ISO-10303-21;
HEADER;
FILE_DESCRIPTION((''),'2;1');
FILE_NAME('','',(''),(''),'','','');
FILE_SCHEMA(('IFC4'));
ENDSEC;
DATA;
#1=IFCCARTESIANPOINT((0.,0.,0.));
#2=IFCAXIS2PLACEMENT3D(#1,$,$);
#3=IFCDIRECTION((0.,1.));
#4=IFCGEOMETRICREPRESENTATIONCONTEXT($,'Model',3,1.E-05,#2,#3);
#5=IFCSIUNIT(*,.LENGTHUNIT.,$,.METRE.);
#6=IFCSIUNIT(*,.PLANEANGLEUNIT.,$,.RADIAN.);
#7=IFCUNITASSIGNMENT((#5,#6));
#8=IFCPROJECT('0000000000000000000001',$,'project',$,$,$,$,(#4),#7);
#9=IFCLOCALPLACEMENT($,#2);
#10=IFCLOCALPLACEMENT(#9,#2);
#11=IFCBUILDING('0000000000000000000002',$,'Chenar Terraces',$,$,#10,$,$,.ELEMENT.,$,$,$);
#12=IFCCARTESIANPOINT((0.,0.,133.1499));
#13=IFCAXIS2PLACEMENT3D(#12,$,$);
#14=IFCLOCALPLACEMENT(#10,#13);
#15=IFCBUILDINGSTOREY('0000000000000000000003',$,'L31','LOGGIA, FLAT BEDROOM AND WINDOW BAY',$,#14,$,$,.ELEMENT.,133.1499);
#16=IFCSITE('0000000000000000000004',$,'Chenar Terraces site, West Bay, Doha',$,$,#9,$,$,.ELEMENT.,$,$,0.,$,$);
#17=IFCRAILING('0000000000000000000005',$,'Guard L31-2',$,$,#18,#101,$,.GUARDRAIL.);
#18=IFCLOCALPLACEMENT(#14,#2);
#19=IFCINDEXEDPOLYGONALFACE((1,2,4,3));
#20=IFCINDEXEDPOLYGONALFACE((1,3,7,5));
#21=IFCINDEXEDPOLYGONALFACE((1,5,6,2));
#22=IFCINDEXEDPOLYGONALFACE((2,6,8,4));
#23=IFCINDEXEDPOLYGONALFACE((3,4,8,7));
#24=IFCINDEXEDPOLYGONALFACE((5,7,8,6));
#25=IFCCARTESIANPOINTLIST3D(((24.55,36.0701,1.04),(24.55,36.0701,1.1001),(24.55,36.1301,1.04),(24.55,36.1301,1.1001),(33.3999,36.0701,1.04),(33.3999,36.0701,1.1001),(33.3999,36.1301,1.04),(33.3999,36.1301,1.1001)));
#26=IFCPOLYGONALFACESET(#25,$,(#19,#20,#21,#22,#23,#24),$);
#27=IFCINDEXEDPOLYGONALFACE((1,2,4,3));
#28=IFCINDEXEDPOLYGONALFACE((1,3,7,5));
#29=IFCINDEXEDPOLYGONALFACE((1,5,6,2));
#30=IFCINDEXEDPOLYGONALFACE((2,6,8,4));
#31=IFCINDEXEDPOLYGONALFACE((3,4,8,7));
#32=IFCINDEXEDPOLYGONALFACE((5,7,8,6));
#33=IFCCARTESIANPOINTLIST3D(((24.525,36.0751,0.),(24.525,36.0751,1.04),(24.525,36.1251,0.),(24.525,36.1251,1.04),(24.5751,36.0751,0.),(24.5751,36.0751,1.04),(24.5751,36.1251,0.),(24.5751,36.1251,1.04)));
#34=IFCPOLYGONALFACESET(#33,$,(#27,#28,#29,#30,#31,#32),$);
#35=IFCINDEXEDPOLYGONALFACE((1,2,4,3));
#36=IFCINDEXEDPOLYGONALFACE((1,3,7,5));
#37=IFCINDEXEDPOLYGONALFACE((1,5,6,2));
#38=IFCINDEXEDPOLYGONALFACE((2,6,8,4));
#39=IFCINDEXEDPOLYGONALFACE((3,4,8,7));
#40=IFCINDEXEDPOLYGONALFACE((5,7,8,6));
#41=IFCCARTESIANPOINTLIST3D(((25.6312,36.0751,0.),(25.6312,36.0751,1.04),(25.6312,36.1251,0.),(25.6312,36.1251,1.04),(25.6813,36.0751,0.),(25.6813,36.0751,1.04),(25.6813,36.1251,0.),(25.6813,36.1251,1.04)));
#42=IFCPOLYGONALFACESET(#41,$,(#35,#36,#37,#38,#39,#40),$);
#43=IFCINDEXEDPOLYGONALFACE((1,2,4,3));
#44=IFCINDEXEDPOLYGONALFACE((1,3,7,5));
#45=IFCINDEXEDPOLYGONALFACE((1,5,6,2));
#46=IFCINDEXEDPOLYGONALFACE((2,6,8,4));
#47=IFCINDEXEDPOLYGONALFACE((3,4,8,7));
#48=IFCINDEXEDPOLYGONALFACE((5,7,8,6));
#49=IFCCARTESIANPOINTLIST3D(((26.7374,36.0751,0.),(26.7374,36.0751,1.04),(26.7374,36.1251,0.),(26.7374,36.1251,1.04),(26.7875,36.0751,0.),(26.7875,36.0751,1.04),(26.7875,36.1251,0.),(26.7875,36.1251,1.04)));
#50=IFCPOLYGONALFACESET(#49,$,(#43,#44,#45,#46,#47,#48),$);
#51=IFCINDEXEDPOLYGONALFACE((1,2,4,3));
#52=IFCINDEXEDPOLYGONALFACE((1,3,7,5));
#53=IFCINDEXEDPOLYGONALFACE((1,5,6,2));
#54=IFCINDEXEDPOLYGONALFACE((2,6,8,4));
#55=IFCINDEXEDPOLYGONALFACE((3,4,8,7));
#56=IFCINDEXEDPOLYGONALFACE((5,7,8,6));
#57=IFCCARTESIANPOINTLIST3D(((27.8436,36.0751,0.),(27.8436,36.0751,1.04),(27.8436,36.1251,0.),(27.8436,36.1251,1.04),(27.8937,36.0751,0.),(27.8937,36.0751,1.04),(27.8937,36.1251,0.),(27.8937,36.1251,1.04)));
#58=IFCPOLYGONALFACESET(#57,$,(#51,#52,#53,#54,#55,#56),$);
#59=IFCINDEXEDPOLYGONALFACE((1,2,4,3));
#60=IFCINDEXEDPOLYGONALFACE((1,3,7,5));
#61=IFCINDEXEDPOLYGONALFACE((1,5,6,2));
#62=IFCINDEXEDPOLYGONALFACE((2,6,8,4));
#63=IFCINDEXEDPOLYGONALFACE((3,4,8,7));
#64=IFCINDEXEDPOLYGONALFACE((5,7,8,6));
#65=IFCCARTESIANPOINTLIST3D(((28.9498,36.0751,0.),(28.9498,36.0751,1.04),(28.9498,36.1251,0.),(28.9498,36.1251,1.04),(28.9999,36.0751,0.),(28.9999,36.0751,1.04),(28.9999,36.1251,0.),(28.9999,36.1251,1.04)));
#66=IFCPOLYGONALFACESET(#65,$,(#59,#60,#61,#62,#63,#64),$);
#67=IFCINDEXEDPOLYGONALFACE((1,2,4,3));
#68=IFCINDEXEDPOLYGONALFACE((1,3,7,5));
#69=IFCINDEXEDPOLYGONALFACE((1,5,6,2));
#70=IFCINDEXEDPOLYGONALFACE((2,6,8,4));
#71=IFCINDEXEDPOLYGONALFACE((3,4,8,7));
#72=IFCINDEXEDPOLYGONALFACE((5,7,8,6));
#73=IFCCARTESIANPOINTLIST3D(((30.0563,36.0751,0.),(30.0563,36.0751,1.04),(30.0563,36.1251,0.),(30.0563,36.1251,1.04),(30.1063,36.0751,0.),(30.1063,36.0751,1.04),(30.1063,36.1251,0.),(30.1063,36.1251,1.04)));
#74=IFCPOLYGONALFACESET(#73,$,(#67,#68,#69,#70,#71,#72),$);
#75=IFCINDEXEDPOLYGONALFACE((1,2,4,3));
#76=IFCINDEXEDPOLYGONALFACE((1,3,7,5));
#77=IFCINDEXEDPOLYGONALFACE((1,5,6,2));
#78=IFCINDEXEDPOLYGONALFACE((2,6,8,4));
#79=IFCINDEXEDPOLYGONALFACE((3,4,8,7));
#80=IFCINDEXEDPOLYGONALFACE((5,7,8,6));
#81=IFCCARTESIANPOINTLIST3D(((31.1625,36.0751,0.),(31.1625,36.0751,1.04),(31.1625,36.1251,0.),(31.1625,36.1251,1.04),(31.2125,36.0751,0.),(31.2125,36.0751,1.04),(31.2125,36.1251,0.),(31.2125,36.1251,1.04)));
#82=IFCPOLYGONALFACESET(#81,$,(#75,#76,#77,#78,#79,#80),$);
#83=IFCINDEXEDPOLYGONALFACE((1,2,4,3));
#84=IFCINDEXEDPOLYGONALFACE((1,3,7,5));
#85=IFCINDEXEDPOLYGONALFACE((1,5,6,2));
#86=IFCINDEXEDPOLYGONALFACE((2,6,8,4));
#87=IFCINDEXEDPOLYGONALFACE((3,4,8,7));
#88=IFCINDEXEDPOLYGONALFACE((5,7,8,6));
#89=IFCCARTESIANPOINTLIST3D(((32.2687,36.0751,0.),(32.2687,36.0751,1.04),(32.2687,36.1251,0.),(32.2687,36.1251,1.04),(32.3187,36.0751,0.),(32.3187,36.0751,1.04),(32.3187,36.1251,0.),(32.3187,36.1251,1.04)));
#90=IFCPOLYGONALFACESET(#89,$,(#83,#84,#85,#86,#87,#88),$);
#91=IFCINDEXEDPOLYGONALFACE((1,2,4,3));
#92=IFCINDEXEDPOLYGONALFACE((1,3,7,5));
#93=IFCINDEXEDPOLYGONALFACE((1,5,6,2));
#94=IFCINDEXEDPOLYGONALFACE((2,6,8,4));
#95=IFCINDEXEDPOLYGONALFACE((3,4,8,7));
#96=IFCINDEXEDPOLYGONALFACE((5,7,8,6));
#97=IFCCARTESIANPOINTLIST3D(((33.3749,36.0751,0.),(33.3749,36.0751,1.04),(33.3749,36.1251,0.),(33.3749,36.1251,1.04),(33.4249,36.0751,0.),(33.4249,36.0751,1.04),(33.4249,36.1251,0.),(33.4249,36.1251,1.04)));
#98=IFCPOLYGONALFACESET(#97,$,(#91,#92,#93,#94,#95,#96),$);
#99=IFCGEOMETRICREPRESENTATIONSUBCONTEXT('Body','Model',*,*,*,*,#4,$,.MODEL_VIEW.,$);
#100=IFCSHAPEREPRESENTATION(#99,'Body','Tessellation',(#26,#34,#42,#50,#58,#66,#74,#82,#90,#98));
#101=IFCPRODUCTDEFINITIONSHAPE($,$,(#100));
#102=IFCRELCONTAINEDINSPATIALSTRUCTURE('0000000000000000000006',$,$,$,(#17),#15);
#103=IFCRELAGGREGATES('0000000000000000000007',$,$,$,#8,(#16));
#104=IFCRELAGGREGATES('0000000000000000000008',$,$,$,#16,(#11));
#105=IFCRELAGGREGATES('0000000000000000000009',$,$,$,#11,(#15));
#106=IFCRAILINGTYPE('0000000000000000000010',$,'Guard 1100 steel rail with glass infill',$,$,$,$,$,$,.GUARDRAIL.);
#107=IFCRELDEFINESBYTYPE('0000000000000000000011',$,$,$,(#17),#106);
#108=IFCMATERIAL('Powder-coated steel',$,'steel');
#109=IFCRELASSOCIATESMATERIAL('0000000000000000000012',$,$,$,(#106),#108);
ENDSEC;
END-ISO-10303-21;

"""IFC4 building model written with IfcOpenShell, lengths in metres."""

from ifc_helpers import new_model, si_unit, direction, frame, origin, origin_2d, place, context, subcontext, project, spatial, rectangle, extrude, material, type_object, element, save


model = new_model("IFC4")

# Units and contexts
model_context = context("Model", 3, precision=1e-05, world=origin(), true_north=direction((0.0, 1.0)))
body_context = subcontext(model_context, "Body", "Model", "MODEL_VIEW")
ifc_project = project(units=[si_unit("LENGTHUNIT", "METRE"), si_unit("PLANEANGLEUNIT", "RADIAN")], contexts=[model_context])

# Site, building, storey
site_placement = place(None, origin())
site = spatial("IfcSite", under=ifc_project, at=site_placement, Name="Chenar Terraces site, West Bay, Doha", CompositionType="ELEMENT", RefElevation=0.0)
building_placement = place(site_placement, origin())
building = spatial("IfcBuilding", under=site, at=building_placement, Name="Chenar Terraces", CompositionType="ELEMENT")
storey_placement = place(building_placement, frame((0.0, 0.0, 133.1499)))
storey = spatial("IfcBuildingStorey", under=building, at=storey_placement, Name="L31", Description="LOGGIA, FLAT BEDROOM AND WINDOW BAY", CompositionType="ELEMENT", Elevation=133.1499)

# Railing
ifc_material_1 = material(Name="Powder-coated steel", Category="steel")
railing_type = type_object("IfcRailingType", Name="Guard 1100 steel rail with glass infill", PredefinedType="GUARDRAIL", material=ifc_material_1)
railing_1_placement = place(storey_placement, frame((24.55, 36.1001, 0.0)))
element("IfcRailing", 1, at=railing_1_placement, inside=storey, type_object=railing_type, Name="Guard L31-2", PredefinedType="GUARDRAIL", context=body_context, shape_type="SweptSolid", body=[
    extrude(rectangle(XDim=0.0601, YDim=0.0601, at=origin_2d()), frame((0.0, 0.0, 1.0701), z_axis=(1.0, 0.0, 0.0), x_axis=(0.0, 1.0, 0.0)), (0.0, 0.0, 1.0), 8.8499),
    extrude(rectangle(XDim=0.05, YDim=0.05, at=origin_2d()), origin(), (0.0, 0.0, 1.0), 1.04),
    extrude(rectangle(XDim=0.05, YDim=0.05, at=origin_2d()), frame((1.1062, 0.0, 0.0)), (0.0, 0.0, 1.0), 1.04),
    extrude(rectangle(XDim=0.05, YDim=0.05, at=origin_2d()), frame((2.2124, 0.0, 0.0)), (0.0, 0.0, 1.0), 1.04),
    extrude(rectangle(XDim=0.05, YDim=0.05, at=origin_2d()), frame((3.3186, 0.0, 0.0)), (0.0, 0.0, 1.0), 1.04),
    extrude(rectangle(XDim=0.05, YDim=0.05, at=origin_2d()), frame((4.4248, 0.0, 0.0)), (0.0, 0.0, 1.0), 1.04),
    extrude(rectangle(XDim=0.05, YDim=0.05, at=origin_2d()), frame((5.5312, 0.0, 0.0)), (0.0, 0.0, 1.0), 1.04),
    extrude(rectangle(XDim=0.05, YDim=0.05, at=origin_2d()), frame((6.6375, 0.0, 0.0)), (0.0, 0.0, 1.0), 1.04),
    extrude(rectangle(XDim=0.05, YDim=0.05, at=origin_2d()), frame((7.7437, 0.0, 0.0)), (0.0, 0.0, 1.0), 1.04),
    extrude(rectangle(XDim=0.05, YDim=0.05, at=origin_2d()), frame((8.8499, 0.0, 0.0)), (0.0, 0.0, 1.0), 1.04),
])

save(model, "model.ifc")
